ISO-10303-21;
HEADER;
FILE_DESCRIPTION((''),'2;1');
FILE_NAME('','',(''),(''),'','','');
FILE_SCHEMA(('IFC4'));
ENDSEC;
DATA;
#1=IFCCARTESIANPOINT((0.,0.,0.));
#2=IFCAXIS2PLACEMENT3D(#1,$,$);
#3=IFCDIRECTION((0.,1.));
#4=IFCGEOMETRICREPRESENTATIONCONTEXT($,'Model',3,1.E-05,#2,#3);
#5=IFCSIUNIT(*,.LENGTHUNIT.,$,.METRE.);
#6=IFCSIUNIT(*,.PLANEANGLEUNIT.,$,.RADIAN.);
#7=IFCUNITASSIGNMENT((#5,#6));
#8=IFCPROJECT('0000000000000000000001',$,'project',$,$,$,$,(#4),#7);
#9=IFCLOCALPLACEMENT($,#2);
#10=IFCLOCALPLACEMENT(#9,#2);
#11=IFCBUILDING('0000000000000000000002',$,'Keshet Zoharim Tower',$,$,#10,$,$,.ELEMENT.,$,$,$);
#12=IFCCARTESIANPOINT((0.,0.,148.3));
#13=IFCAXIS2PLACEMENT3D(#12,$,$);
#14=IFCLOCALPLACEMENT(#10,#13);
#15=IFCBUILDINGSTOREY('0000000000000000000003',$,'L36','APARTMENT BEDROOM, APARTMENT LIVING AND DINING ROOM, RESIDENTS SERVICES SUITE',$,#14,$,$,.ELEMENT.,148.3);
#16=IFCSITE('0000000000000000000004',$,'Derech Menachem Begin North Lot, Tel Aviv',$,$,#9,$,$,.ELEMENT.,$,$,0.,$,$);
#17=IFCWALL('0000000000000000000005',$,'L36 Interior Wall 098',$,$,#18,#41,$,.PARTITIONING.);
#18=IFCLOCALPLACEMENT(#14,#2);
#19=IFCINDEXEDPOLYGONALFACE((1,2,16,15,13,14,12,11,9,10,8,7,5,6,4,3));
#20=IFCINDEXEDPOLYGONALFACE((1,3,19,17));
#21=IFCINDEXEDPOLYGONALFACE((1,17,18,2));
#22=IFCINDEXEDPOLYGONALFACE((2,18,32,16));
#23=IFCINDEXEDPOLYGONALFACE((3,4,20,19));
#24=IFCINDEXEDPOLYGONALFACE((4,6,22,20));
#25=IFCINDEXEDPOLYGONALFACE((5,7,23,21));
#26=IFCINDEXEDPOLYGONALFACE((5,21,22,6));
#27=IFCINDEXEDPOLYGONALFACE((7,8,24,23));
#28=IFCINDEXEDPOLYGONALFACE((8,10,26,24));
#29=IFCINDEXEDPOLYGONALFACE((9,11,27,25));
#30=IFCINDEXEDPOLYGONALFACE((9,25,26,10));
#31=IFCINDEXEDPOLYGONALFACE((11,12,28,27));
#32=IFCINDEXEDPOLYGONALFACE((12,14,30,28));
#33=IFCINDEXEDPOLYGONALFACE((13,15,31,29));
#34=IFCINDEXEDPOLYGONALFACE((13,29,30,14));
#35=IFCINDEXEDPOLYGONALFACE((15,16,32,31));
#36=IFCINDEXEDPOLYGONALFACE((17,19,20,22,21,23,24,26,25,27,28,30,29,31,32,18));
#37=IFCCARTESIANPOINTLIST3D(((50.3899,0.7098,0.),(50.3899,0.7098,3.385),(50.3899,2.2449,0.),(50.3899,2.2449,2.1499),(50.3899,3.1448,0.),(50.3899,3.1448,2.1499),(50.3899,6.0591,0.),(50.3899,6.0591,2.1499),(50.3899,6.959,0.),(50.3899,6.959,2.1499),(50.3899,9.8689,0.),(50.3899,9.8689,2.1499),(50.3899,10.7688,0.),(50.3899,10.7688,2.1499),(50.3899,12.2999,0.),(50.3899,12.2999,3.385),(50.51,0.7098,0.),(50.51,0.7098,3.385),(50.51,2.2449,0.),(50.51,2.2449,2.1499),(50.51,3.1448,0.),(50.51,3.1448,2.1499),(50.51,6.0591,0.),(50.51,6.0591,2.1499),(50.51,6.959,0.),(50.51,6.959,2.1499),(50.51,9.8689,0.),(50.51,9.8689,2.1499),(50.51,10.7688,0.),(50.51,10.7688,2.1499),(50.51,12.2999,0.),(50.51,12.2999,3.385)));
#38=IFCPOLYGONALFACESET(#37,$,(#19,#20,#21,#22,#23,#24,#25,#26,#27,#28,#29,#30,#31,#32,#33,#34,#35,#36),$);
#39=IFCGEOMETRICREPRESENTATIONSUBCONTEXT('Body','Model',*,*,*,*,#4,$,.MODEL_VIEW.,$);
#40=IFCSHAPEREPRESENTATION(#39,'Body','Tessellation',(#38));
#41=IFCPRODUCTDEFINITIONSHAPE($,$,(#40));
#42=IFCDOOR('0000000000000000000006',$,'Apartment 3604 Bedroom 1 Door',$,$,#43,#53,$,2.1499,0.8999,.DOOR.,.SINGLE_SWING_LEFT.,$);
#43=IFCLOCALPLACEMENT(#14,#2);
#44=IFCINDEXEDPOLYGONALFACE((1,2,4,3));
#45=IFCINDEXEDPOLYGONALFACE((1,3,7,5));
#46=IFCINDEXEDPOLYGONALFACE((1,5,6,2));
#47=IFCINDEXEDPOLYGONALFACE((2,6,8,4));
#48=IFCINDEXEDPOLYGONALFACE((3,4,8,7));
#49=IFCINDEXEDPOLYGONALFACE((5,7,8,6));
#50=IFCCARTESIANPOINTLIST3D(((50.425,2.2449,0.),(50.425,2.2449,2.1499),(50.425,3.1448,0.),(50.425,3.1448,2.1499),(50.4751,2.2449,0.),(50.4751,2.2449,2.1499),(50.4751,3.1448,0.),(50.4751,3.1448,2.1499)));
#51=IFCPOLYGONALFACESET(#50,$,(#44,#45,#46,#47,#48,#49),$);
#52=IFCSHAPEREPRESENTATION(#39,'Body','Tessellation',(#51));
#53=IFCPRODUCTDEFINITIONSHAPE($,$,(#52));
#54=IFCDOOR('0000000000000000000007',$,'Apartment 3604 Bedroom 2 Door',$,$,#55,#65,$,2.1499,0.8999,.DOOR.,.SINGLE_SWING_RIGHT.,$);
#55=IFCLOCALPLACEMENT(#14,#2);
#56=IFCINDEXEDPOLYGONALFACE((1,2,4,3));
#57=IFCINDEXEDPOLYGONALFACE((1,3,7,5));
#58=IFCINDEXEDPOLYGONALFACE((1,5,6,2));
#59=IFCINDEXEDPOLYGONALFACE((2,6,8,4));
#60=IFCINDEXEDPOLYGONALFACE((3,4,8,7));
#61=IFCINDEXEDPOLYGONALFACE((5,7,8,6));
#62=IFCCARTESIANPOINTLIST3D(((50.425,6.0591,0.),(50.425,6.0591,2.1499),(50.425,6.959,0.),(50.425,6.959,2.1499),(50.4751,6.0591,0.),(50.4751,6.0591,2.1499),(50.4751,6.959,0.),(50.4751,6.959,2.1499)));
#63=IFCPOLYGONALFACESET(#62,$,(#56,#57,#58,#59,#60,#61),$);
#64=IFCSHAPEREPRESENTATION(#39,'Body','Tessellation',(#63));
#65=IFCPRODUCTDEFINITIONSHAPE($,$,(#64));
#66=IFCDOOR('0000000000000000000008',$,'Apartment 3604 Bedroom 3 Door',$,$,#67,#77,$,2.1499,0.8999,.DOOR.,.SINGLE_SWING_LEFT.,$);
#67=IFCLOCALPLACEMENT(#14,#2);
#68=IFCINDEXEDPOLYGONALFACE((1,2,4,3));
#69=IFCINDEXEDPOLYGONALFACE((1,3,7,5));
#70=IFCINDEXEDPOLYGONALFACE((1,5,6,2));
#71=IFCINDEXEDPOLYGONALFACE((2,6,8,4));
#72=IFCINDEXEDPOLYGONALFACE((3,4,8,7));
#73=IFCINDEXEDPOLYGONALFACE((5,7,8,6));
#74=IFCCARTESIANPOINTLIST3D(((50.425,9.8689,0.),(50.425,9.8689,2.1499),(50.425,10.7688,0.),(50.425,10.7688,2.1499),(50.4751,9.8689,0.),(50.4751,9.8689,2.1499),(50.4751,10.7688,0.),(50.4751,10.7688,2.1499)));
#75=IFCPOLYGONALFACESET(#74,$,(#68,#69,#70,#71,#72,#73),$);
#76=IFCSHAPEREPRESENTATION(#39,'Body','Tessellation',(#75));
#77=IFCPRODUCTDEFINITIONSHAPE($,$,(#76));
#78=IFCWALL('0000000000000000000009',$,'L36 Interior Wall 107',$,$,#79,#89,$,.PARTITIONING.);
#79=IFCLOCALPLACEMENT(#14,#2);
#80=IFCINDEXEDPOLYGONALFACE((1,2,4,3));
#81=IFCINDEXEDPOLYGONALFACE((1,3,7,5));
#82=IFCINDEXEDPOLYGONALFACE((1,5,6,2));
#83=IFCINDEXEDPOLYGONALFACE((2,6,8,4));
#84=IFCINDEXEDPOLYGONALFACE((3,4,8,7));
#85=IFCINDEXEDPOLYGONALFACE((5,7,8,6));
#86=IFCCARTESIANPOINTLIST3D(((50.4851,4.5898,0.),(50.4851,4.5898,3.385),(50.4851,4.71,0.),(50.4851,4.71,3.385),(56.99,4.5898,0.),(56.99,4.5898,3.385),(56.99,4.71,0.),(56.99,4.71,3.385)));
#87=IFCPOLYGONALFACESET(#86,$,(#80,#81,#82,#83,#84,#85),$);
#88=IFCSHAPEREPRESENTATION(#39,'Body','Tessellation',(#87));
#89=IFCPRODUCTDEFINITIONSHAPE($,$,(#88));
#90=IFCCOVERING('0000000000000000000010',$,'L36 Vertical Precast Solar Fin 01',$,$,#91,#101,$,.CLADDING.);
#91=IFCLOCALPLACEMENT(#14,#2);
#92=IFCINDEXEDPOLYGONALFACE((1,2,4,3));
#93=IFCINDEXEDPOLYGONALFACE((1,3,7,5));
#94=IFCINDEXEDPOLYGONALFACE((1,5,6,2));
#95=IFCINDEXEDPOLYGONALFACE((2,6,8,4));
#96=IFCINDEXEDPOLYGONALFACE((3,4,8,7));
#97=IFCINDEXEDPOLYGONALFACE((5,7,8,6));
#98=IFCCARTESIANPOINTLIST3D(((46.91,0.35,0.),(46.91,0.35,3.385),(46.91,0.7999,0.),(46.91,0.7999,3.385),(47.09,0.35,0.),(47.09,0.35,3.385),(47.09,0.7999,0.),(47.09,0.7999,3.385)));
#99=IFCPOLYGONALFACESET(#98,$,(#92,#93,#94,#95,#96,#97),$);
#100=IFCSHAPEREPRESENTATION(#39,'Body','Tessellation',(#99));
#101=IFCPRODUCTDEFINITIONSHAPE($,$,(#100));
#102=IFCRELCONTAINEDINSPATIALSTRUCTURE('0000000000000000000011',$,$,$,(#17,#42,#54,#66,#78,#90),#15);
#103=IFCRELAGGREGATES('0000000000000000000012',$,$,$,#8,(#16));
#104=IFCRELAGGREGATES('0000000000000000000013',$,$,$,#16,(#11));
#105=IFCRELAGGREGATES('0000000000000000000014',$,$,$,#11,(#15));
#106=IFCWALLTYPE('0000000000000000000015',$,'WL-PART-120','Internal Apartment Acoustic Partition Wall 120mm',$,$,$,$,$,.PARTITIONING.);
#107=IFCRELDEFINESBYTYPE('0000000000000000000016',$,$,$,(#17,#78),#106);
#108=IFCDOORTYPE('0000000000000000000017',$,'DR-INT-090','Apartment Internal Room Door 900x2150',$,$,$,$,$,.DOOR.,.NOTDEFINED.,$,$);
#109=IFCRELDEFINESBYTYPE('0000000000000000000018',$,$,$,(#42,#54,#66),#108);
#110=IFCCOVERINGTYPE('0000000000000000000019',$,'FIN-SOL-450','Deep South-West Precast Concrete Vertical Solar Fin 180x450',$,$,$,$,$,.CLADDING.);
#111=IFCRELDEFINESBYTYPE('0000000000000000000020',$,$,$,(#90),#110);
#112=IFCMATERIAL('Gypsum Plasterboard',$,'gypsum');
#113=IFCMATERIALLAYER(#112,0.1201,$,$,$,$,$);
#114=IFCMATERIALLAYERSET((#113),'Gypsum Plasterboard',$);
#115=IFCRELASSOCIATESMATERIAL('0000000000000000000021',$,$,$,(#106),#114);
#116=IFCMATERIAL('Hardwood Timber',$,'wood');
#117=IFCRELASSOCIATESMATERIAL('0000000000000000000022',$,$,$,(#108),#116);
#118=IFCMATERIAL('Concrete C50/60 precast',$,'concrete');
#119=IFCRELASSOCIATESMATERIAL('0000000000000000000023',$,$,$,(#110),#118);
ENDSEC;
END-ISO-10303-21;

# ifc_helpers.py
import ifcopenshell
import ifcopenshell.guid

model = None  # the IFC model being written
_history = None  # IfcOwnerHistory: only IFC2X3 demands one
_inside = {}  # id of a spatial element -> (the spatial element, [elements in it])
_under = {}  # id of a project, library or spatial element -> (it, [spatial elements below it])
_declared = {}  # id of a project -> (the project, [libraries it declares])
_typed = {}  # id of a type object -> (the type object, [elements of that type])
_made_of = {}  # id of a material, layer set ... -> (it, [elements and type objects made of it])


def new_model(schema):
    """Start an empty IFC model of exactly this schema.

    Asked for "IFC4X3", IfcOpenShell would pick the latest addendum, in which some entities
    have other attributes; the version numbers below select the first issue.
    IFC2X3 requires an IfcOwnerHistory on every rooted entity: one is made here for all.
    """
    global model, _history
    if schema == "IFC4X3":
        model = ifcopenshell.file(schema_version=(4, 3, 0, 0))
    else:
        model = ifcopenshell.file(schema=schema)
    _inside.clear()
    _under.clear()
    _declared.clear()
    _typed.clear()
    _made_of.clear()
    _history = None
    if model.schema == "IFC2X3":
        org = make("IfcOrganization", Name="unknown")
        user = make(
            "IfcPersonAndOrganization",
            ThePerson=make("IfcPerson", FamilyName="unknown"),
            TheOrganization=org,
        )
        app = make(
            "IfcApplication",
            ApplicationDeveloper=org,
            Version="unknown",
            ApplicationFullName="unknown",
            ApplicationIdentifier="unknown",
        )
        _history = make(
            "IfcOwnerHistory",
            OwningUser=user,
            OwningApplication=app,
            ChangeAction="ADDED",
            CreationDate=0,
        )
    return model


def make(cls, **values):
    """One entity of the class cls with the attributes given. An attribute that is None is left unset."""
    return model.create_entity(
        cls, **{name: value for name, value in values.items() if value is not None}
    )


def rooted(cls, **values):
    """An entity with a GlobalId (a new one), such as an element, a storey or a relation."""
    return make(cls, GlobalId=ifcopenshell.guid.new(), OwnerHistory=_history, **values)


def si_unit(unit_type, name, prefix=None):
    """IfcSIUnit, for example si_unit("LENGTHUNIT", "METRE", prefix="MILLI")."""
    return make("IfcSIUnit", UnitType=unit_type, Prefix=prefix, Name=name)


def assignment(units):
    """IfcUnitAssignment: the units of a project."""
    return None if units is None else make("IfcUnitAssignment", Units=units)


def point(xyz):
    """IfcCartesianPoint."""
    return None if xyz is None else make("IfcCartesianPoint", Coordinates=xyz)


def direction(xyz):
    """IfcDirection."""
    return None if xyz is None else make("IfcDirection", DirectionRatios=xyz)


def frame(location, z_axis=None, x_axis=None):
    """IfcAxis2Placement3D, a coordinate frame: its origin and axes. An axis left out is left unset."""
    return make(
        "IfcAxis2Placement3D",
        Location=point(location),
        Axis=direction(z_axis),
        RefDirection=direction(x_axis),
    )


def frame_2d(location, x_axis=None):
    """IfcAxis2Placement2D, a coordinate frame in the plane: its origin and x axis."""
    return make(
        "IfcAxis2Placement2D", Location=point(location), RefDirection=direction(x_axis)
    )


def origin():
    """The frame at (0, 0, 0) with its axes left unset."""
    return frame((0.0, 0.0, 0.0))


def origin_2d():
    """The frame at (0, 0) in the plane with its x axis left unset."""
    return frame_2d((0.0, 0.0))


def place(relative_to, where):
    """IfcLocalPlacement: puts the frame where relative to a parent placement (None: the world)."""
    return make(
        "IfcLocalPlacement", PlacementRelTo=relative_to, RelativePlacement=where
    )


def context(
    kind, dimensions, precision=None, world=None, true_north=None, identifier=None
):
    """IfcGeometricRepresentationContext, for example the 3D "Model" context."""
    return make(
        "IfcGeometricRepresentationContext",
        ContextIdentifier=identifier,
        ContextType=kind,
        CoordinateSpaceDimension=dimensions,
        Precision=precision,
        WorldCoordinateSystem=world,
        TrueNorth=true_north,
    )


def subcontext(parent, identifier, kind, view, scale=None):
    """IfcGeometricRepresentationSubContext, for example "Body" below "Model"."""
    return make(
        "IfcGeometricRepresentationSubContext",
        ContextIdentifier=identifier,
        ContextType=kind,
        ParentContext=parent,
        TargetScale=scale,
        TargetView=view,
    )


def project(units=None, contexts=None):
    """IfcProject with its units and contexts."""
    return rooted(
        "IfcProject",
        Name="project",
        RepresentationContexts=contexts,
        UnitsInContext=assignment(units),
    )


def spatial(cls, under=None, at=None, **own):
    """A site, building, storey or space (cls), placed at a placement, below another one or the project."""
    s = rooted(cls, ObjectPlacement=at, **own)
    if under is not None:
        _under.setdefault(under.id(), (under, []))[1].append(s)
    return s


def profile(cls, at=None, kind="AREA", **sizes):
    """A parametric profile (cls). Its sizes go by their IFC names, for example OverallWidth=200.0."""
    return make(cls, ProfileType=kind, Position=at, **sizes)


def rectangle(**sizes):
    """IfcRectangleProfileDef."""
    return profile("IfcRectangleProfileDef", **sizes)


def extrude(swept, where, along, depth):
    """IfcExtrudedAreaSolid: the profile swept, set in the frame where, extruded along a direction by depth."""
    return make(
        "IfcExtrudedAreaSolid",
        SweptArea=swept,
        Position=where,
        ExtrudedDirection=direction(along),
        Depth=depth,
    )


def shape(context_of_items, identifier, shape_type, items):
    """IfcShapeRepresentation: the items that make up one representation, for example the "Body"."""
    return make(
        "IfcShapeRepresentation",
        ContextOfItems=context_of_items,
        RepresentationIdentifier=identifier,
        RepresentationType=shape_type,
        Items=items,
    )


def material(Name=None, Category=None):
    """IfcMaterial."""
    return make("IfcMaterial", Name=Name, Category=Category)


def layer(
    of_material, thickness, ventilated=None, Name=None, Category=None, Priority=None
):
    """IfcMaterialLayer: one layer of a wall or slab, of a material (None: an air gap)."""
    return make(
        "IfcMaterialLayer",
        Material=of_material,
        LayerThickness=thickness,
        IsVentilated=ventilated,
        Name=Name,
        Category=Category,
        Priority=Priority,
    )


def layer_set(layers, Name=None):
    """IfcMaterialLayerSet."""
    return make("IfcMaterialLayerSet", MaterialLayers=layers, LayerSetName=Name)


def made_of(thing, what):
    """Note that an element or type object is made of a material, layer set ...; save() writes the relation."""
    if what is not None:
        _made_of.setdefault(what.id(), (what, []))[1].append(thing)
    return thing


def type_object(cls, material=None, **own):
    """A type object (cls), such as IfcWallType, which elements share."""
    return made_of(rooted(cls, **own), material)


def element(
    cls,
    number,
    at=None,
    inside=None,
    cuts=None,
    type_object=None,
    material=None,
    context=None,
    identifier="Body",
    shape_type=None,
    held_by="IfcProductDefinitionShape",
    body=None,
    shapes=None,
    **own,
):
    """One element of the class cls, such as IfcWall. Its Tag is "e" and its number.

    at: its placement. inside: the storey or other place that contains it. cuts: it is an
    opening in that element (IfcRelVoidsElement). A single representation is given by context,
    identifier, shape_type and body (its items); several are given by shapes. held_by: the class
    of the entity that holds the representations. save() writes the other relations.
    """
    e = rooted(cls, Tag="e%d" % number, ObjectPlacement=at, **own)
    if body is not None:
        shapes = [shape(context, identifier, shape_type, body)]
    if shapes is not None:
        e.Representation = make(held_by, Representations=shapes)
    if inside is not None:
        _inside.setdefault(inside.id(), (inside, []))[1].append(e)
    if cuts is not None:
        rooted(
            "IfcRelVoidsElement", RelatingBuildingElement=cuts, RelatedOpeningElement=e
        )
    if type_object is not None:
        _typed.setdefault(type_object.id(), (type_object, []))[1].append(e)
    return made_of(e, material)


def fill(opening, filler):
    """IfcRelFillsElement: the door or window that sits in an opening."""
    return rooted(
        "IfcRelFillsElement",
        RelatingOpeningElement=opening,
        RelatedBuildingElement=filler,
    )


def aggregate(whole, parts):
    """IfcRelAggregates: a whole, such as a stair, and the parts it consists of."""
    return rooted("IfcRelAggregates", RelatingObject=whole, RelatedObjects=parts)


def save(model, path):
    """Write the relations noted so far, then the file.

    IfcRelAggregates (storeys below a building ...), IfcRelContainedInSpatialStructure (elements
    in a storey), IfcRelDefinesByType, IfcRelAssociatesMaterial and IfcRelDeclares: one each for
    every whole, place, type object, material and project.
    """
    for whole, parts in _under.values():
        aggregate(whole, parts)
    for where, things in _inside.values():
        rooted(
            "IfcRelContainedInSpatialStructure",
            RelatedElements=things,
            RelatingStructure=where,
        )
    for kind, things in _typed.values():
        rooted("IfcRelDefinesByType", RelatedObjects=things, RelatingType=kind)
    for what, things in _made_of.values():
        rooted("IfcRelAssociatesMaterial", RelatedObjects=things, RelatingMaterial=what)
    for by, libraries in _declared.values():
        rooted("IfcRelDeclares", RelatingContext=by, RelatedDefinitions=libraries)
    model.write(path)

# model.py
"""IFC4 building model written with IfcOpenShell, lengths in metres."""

from ifc_helpers import new_model, si_unit, direction, frame, frame_2d, origin, origin_2d, place, context, subcontext, project, spatial, rectangle, extrude, material, layer, layer_set, type_object, element, fill, save


model = new_model("IFC4")

# Units and contexts
model_context = context("Model", 3, precision=1e-05, world=origin(), true_north=direction((0.0, 1.0)))
body_context = subcontext(model_context, "Body", "Model", "MODEL_VIEW")
ifc_project = project(units=[si_unit("LENGTHUNIT", "METRE"), si_unit("PLANEANGLEUNIT", "RADIAN")], contexts=[model_context])

# Site, building, storey
site_placement = place(None, origin())
site = spatial("IfcSite", under=ifc_project, at=site_placement, Name="Derech Menachem Begin North Lot, Tel Aviv", CompositionType="ELEMENT", RefElevation=0.0)
building_placement = place(site_placement, origin())
building = spatial("IfcBuilding", under=site, at=building_placement, Name="Keshet Zoharim Tower", CompositionType="ELEMENT")
storey_placement = place(building_placement, frame((0.0, 0.0, 148.3)))
storey = spatial("IfcBuildingStorey", under=building, at=storey_placement, Name="L36", Description="APARTMENT BEDROOM, APARTMENT LIVING AND DINING ROOM, RESIDENTS SERVICES SUITE", CompositionType="ELEMENT", Elevation=148.3)

# Shared definitions
ifc_material_1 = material(Name="Gypsum Plasterboard", Category="gypsum")
ifc_layer_1 = layer(ifc_material_1, 0.1201)
ifc_layer_set_1 = layer_set([ifc_layer_1], Name="Gypsum Plasterboard")
wall_type = type_object("IfcWallType", Name="WL-PART-120", Description="Internal Apartment Acoustic Partition Wall 120mm", PredefinedType="PARTITIONING", material=ifc_layer_set_1)

# Wall, openings, doors
wall_1_placement = place(storey_placement, frame((50.45, 0.71, 0.0), z_axis=(0.0, 0.0, 1.0), x_axis=(0.0, 1.0, 0.0)))
wall_1 = element("IfcWall", 1, at=wall_1_placement, inside=storey, type_object=wall_type, Name="L36 Interior Wall 098", PredefinedType="PARTITIONING", context=body_context, shape_type="SweptSolid", body=[
    extrude(rectangle(XDim=11.5901, YDim=0.1201, at=frame_2d((5.7949, 0.0))), origin(), (0.0, 0.0, 1.0), 3.385),
])
opening_1_placement = place(wall_1_placement, frame((1.5349, 0.0, 0.0)))
opening_1 = element("IfcOpeningElement", 2, at=opening_1_placement, cuts=wall_1, PredefinedType="OPENING", context=body_context, shape_type="SweptSolid", body=[
    extrude(rectangle(XDim=0.8999, YDim=2.1499, at=frame_2d((0.45, 1.075))), frame((0.0, 0.0701, 0.0), z_axis=(0.0, -1.0, 0.0), x_axis=(1.0, 0.0, 0.0)), (0.0, 0.0, 1.0), 0.1401),
])
opening_2_placement = place(wall_1_placement, frame((5.3491, 0.0, 0.0)))
opening_2 = element("IfcOpeningElement", 3, at=opening_2_placement, cuts=wall_1, PredefinedType="OPENING", context=body_context, shape_type="SweptSolid", body=[
    extrude(rectangle(XDim=0.8999, YDim=2.1499, at=frame_2d((0.45, 1.075))), frame((0.0, 0.0701, 0.0), z_axis=(0.0, -1.0, 0.0), x_axis=(1.0, 0.0, 0.0)), (0.0, 0.0, 1.0), 0.1401),
])
opening_3_placement = place(wall_1_placement, frame((9.1589, 0.0, 0.0)))
opening_3 = element("IfcOpeningElement", 4, at=opening_3_placement, cuts=wall_1, PredefinedType="OPENING", context=body_context, shape_type="SweptSolid", body=[
    extrude(rectangle(XDim=0.8999, YDim=2.1499, at=frame_2d((0.45, 1.075))), frame((0.0, 0.0701, 0.0), z_axis=(0.0, -1.0, 0.0), x_axis=(1.0, 0.0, 0.0)), (0.0, 0.0, 1.0), 0.1401),
])
ifc_material_2 = material(Name="Hardwood Timber", Category="wood")
door_type = type_object("IfcDoorType", Name="DR-INT-090", Description="Apartment Internal Room Door 900x2150", OperationType="NOTDEFINED", PredefinedType="DOOR", material=ifc_material_2)
door_1_placement = place(opening_1_placement, origin())
door_1 = element("IfcDoor", 5, at=door_1_placement, inside=storey, type_object=door_type, Name="Apartment 3604 Bedroom 1 Door", OperationType="SINGLE_SWING_LEFT", OverallHeight=2.1499, OverallWidth=0.8999, PredefinedType="DOOR", context=body_context, shape_type="SweptSolid", body=[
    extrude(rectangle(XDim=0.8999, YDim=2.1499, at=frame_2d((0.45, 1.075))), frame((0.0, 0.0249, 0.0), z_axis=(0.0, -1.0, 0.0), x_axis=(1.0, 0.0, 0.0)), (0.0, 0.0, 1.0), 0.05),
])
fill(opening_1, door_1)
door_2_placement = place(opening_2_placement, origin())
door_2 = element("IfcDoor", 6, at=door_2_placement, inside=storey, type_object=door_type, Name="Apartment 3604 Bedroom 2 Door", OperationType="SINGLE_SWING_RIGHT", OverallHeight=2.1499, OverallWidth=0.8999, PredefinedType="DOOR", context=body_context, shape_type="SweptSolid", body=[
    extrude(rectangle(XDim=0.8999, YDim=2.1499, at=frame_2d((0.45, 1.075))), frame((0.0, 0.0249, 0.0), z_axis=(0.0, -1.0, 0.0), x_axis=(1.0, 0.0, 0.0)), (0.0, 0.0, 1.0), 0.05),
])
fill(opening_2, door_2)
door_3_placement = place(opening_3_placement, origin())
door_3 = element("IfcDoor", 7, at=door_3_placement, inside=storey, type_object=door_type, Name="Apartment 3604 Bedroom 3 Door", OperationType="SINGLE_SWING_LEFT", OverallHeight=2.1499, OverallWidth=0.8999, PredefinedType="DOOR", context=body_context, shape_type="SweptSolid", body=[
    extrude(rectangle(XDim=0.8999, YDim=2.1499, at=frame_2d((0.45, 1.075))), frame((0.0, 0.0249, 0.0), z_axis=(0.0, -1.0, 0.0), x_axis=(1.0, 0.0, 0.0)), (0.0, 0.0, 1.0), 0.05),
])
fill(opening_3, door_3)

# Wall
wall_2_placement = place(storey_placement, frame((50.4851, 4.6499, 0.0), z_axis=(0.0, 0.0, 1.0), x_axis=(1.0, 0.0, 0.0)))
element("IfcWall", 8, at=wall_2_placement, inside=storey, type_object=wall_type, Name="L36 Interior Wall 107", PredefinedType="PARTITIONING", context=body_context, shape_type="SweptSolid", body=[
    extrude(rectangle(XDim=6.5049, YDim=0.1201, at=frame_2d((3.2524, 0.0))), origin(), (0.0, 0.0, 1.0), 3.385),
])

# Covering
ifc_material_3 = material(Name="Concrete C50/60 precast", Category="concrete")
covering_type = type_object("IfcCoveringType", Name="FIN-SOL-450", Description="Deep South-West Precast Concrete Vertical Solar Fin 180x450", PredefinedType="CLADDING", material=ifc_material_3)
covering_placement = place(storey_placement, frame((47.0, 0.575, 0.0), z_axis=(0.0, 0.0, 1.0), x_axis=(-1.0, 0.0, 0.0)))
element("IfcCovering", 9, at=covering_placement, inside=storey, type_object=covering_type, Name="L36 Vertical Precast Solar Fin 01", PredefinedType="CLADDING", context=body_context, shape_type="SweptSolid", body=[
    extrude(rectangle(XDim=0.1799, YDim=0.45, at=origin_2d()), origin(), (0.0, 0.0, 1.0), 3.385),
])

save(model, "model.ifc")
